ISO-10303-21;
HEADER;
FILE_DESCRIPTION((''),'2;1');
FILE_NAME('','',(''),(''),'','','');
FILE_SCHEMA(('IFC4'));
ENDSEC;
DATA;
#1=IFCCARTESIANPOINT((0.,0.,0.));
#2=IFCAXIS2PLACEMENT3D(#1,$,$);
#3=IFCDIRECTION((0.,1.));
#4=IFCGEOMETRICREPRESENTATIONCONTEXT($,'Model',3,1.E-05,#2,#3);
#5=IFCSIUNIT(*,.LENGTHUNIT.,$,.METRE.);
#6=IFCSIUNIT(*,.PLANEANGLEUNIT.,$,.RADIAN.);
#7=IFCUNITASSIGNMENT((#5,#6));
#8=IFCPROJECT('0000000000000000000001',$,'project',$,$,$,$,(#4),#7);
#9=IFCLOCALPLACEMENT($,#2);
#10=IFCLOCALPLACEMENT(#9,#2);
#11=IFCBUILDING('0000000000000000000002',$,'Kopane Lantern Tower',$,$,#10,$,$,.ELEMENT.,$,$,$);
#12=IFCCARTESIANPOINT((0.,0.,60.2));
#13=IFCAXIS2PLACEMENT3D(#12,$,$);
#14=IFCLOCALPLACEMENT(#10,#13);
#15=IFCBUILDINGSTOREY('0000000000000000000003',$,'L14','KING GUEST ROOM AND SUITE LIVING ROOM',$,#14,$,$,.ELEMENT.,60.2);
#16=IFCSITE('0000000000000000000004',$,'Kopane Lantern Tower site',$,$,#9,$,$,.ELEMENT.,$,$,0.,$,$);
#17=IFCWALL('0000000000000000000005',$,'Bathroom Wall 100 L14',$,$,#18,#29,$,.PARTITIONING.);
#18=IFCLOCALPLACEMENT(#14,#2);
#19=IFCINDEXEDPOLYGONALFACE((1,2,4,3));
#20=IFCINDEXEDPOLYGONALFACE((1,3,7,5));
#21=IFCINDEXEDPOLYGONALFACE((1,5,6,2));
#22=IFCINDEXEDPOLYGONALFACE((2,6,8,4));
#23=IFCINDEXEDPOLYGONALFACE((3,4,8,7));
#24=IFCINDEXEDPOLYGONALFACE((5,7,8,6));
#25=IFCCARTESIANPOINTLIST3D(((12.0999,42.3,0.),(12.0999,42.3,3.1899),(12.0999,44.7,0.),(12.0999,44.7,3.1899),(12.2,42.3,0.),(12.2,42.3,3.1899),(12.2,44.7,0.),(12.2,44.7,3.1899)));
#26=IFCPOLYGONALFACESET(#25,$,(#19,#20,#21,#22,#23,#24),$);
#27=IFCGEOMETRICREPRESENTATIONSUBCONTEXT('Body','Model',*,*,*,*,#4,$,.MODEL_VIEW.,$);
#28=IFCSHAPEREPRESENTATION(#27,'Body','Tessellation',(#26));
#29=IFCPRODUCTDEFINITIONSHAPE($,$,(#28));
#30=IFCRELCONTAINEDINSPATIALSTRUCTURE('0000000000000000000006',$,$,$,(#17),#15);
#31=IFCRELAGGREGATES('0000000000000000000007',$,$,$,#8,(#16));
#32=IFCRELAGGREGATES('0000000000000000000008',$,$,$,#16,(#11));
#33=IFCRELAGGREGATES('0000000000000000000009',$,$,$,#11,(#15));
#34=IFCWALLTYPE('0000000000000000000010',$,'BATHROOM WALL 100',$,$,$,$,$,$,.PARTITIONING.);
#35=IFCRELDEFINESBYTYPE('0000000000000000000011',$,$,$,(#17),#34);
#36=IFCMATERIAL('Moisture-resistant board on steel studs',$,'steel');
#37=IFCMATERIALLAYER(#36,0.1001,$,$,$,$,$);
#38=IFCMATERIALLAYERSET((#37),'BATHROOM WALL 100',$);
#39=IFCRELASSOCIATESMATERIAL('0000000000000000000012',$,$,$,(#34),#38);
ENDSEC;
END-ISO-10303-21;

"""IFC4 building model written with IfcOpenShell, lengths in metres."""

from ifc_helpers import new_model, si_unit, direction, frame, frame_2d, origin, place, context, subcontext, project, spatial, rectangle, extrude, material, layer, layer_set, type_object, element, save


model = new_model("IFC4")

# Units and contexts
model_context = context("Model", 3, precision=1e-05, world=origin(), true_north=direction((0.0, 1.0)))
body_context = subcontext(model_context, "Body", "Model", "MODEL_VIEW")
ifc_project = project(units=[si_unit("LENGTHUNIT", "METRE"), si_unit("PLANEANGLEUNIT", "RADIAN")], contexts=[model_context])

# Site, building, storey
site_placement = place(None, origin())
site = spatial("IfcSite", under=ifc_project, at=site_placement, Name="Kopane Lantern Tower site", CompositionType="ELEMENT", RefElevation=0.0)
building_placement = place(site_placement, origin())
building = spatial("IfcBuilding", under=site, at=building_placement, Name="Kopane Lantern Tower", CompositionType="ELEMENT")
storey_placement = place(building_placement, frame((0.0, 0.0, 60.2)))
storey = spatial("IfcBuildingStorey", under=building, at=storey_placement, Name="L14", Description="KING GUEST ROOM AND SUITE LIVING ROOM", CompositionType="ELEMENT", Elevation=60.2)

# Wall
ifc_material_1 = material(Name="Moisture-resistant board on steel studs", Category="steel")
ifc_layer_1 = layer(ifc_material_1, 0.1001)
ifc_layer_set_1 = layer_set([ifc_layer_1], Name="BATHROOM WALL 100")
wall_type_1 = type_object("IfcWallType", Name="BATHROOM WALL 100", PredefinedType="PARTITIONING", material=ifc_layer_set_1)
wall_1_placement = place(storey_placement, frame((12.1499, 42.3, 0.0), z_axis=(0.0, 0.0, 1.0), x_axis=(0.0, 1.0, 0.0)))
element("IfcWall", 1, at=wall_1_placement, inside=storey, type_object=wall_type_1, Name="Bathroom Wall 100 L14", PredefinedType="PARTITIONING", context=body_context, shape_type="SweptSolid", body=[
    extrude(rectangle(XDim=2.3999, YDim=0.1001, at=frame_2d((1.2, 0.0))), origin(), (0.0, 0.0, 1.0), 3.1899),
])

save(model, "model.ifc")
